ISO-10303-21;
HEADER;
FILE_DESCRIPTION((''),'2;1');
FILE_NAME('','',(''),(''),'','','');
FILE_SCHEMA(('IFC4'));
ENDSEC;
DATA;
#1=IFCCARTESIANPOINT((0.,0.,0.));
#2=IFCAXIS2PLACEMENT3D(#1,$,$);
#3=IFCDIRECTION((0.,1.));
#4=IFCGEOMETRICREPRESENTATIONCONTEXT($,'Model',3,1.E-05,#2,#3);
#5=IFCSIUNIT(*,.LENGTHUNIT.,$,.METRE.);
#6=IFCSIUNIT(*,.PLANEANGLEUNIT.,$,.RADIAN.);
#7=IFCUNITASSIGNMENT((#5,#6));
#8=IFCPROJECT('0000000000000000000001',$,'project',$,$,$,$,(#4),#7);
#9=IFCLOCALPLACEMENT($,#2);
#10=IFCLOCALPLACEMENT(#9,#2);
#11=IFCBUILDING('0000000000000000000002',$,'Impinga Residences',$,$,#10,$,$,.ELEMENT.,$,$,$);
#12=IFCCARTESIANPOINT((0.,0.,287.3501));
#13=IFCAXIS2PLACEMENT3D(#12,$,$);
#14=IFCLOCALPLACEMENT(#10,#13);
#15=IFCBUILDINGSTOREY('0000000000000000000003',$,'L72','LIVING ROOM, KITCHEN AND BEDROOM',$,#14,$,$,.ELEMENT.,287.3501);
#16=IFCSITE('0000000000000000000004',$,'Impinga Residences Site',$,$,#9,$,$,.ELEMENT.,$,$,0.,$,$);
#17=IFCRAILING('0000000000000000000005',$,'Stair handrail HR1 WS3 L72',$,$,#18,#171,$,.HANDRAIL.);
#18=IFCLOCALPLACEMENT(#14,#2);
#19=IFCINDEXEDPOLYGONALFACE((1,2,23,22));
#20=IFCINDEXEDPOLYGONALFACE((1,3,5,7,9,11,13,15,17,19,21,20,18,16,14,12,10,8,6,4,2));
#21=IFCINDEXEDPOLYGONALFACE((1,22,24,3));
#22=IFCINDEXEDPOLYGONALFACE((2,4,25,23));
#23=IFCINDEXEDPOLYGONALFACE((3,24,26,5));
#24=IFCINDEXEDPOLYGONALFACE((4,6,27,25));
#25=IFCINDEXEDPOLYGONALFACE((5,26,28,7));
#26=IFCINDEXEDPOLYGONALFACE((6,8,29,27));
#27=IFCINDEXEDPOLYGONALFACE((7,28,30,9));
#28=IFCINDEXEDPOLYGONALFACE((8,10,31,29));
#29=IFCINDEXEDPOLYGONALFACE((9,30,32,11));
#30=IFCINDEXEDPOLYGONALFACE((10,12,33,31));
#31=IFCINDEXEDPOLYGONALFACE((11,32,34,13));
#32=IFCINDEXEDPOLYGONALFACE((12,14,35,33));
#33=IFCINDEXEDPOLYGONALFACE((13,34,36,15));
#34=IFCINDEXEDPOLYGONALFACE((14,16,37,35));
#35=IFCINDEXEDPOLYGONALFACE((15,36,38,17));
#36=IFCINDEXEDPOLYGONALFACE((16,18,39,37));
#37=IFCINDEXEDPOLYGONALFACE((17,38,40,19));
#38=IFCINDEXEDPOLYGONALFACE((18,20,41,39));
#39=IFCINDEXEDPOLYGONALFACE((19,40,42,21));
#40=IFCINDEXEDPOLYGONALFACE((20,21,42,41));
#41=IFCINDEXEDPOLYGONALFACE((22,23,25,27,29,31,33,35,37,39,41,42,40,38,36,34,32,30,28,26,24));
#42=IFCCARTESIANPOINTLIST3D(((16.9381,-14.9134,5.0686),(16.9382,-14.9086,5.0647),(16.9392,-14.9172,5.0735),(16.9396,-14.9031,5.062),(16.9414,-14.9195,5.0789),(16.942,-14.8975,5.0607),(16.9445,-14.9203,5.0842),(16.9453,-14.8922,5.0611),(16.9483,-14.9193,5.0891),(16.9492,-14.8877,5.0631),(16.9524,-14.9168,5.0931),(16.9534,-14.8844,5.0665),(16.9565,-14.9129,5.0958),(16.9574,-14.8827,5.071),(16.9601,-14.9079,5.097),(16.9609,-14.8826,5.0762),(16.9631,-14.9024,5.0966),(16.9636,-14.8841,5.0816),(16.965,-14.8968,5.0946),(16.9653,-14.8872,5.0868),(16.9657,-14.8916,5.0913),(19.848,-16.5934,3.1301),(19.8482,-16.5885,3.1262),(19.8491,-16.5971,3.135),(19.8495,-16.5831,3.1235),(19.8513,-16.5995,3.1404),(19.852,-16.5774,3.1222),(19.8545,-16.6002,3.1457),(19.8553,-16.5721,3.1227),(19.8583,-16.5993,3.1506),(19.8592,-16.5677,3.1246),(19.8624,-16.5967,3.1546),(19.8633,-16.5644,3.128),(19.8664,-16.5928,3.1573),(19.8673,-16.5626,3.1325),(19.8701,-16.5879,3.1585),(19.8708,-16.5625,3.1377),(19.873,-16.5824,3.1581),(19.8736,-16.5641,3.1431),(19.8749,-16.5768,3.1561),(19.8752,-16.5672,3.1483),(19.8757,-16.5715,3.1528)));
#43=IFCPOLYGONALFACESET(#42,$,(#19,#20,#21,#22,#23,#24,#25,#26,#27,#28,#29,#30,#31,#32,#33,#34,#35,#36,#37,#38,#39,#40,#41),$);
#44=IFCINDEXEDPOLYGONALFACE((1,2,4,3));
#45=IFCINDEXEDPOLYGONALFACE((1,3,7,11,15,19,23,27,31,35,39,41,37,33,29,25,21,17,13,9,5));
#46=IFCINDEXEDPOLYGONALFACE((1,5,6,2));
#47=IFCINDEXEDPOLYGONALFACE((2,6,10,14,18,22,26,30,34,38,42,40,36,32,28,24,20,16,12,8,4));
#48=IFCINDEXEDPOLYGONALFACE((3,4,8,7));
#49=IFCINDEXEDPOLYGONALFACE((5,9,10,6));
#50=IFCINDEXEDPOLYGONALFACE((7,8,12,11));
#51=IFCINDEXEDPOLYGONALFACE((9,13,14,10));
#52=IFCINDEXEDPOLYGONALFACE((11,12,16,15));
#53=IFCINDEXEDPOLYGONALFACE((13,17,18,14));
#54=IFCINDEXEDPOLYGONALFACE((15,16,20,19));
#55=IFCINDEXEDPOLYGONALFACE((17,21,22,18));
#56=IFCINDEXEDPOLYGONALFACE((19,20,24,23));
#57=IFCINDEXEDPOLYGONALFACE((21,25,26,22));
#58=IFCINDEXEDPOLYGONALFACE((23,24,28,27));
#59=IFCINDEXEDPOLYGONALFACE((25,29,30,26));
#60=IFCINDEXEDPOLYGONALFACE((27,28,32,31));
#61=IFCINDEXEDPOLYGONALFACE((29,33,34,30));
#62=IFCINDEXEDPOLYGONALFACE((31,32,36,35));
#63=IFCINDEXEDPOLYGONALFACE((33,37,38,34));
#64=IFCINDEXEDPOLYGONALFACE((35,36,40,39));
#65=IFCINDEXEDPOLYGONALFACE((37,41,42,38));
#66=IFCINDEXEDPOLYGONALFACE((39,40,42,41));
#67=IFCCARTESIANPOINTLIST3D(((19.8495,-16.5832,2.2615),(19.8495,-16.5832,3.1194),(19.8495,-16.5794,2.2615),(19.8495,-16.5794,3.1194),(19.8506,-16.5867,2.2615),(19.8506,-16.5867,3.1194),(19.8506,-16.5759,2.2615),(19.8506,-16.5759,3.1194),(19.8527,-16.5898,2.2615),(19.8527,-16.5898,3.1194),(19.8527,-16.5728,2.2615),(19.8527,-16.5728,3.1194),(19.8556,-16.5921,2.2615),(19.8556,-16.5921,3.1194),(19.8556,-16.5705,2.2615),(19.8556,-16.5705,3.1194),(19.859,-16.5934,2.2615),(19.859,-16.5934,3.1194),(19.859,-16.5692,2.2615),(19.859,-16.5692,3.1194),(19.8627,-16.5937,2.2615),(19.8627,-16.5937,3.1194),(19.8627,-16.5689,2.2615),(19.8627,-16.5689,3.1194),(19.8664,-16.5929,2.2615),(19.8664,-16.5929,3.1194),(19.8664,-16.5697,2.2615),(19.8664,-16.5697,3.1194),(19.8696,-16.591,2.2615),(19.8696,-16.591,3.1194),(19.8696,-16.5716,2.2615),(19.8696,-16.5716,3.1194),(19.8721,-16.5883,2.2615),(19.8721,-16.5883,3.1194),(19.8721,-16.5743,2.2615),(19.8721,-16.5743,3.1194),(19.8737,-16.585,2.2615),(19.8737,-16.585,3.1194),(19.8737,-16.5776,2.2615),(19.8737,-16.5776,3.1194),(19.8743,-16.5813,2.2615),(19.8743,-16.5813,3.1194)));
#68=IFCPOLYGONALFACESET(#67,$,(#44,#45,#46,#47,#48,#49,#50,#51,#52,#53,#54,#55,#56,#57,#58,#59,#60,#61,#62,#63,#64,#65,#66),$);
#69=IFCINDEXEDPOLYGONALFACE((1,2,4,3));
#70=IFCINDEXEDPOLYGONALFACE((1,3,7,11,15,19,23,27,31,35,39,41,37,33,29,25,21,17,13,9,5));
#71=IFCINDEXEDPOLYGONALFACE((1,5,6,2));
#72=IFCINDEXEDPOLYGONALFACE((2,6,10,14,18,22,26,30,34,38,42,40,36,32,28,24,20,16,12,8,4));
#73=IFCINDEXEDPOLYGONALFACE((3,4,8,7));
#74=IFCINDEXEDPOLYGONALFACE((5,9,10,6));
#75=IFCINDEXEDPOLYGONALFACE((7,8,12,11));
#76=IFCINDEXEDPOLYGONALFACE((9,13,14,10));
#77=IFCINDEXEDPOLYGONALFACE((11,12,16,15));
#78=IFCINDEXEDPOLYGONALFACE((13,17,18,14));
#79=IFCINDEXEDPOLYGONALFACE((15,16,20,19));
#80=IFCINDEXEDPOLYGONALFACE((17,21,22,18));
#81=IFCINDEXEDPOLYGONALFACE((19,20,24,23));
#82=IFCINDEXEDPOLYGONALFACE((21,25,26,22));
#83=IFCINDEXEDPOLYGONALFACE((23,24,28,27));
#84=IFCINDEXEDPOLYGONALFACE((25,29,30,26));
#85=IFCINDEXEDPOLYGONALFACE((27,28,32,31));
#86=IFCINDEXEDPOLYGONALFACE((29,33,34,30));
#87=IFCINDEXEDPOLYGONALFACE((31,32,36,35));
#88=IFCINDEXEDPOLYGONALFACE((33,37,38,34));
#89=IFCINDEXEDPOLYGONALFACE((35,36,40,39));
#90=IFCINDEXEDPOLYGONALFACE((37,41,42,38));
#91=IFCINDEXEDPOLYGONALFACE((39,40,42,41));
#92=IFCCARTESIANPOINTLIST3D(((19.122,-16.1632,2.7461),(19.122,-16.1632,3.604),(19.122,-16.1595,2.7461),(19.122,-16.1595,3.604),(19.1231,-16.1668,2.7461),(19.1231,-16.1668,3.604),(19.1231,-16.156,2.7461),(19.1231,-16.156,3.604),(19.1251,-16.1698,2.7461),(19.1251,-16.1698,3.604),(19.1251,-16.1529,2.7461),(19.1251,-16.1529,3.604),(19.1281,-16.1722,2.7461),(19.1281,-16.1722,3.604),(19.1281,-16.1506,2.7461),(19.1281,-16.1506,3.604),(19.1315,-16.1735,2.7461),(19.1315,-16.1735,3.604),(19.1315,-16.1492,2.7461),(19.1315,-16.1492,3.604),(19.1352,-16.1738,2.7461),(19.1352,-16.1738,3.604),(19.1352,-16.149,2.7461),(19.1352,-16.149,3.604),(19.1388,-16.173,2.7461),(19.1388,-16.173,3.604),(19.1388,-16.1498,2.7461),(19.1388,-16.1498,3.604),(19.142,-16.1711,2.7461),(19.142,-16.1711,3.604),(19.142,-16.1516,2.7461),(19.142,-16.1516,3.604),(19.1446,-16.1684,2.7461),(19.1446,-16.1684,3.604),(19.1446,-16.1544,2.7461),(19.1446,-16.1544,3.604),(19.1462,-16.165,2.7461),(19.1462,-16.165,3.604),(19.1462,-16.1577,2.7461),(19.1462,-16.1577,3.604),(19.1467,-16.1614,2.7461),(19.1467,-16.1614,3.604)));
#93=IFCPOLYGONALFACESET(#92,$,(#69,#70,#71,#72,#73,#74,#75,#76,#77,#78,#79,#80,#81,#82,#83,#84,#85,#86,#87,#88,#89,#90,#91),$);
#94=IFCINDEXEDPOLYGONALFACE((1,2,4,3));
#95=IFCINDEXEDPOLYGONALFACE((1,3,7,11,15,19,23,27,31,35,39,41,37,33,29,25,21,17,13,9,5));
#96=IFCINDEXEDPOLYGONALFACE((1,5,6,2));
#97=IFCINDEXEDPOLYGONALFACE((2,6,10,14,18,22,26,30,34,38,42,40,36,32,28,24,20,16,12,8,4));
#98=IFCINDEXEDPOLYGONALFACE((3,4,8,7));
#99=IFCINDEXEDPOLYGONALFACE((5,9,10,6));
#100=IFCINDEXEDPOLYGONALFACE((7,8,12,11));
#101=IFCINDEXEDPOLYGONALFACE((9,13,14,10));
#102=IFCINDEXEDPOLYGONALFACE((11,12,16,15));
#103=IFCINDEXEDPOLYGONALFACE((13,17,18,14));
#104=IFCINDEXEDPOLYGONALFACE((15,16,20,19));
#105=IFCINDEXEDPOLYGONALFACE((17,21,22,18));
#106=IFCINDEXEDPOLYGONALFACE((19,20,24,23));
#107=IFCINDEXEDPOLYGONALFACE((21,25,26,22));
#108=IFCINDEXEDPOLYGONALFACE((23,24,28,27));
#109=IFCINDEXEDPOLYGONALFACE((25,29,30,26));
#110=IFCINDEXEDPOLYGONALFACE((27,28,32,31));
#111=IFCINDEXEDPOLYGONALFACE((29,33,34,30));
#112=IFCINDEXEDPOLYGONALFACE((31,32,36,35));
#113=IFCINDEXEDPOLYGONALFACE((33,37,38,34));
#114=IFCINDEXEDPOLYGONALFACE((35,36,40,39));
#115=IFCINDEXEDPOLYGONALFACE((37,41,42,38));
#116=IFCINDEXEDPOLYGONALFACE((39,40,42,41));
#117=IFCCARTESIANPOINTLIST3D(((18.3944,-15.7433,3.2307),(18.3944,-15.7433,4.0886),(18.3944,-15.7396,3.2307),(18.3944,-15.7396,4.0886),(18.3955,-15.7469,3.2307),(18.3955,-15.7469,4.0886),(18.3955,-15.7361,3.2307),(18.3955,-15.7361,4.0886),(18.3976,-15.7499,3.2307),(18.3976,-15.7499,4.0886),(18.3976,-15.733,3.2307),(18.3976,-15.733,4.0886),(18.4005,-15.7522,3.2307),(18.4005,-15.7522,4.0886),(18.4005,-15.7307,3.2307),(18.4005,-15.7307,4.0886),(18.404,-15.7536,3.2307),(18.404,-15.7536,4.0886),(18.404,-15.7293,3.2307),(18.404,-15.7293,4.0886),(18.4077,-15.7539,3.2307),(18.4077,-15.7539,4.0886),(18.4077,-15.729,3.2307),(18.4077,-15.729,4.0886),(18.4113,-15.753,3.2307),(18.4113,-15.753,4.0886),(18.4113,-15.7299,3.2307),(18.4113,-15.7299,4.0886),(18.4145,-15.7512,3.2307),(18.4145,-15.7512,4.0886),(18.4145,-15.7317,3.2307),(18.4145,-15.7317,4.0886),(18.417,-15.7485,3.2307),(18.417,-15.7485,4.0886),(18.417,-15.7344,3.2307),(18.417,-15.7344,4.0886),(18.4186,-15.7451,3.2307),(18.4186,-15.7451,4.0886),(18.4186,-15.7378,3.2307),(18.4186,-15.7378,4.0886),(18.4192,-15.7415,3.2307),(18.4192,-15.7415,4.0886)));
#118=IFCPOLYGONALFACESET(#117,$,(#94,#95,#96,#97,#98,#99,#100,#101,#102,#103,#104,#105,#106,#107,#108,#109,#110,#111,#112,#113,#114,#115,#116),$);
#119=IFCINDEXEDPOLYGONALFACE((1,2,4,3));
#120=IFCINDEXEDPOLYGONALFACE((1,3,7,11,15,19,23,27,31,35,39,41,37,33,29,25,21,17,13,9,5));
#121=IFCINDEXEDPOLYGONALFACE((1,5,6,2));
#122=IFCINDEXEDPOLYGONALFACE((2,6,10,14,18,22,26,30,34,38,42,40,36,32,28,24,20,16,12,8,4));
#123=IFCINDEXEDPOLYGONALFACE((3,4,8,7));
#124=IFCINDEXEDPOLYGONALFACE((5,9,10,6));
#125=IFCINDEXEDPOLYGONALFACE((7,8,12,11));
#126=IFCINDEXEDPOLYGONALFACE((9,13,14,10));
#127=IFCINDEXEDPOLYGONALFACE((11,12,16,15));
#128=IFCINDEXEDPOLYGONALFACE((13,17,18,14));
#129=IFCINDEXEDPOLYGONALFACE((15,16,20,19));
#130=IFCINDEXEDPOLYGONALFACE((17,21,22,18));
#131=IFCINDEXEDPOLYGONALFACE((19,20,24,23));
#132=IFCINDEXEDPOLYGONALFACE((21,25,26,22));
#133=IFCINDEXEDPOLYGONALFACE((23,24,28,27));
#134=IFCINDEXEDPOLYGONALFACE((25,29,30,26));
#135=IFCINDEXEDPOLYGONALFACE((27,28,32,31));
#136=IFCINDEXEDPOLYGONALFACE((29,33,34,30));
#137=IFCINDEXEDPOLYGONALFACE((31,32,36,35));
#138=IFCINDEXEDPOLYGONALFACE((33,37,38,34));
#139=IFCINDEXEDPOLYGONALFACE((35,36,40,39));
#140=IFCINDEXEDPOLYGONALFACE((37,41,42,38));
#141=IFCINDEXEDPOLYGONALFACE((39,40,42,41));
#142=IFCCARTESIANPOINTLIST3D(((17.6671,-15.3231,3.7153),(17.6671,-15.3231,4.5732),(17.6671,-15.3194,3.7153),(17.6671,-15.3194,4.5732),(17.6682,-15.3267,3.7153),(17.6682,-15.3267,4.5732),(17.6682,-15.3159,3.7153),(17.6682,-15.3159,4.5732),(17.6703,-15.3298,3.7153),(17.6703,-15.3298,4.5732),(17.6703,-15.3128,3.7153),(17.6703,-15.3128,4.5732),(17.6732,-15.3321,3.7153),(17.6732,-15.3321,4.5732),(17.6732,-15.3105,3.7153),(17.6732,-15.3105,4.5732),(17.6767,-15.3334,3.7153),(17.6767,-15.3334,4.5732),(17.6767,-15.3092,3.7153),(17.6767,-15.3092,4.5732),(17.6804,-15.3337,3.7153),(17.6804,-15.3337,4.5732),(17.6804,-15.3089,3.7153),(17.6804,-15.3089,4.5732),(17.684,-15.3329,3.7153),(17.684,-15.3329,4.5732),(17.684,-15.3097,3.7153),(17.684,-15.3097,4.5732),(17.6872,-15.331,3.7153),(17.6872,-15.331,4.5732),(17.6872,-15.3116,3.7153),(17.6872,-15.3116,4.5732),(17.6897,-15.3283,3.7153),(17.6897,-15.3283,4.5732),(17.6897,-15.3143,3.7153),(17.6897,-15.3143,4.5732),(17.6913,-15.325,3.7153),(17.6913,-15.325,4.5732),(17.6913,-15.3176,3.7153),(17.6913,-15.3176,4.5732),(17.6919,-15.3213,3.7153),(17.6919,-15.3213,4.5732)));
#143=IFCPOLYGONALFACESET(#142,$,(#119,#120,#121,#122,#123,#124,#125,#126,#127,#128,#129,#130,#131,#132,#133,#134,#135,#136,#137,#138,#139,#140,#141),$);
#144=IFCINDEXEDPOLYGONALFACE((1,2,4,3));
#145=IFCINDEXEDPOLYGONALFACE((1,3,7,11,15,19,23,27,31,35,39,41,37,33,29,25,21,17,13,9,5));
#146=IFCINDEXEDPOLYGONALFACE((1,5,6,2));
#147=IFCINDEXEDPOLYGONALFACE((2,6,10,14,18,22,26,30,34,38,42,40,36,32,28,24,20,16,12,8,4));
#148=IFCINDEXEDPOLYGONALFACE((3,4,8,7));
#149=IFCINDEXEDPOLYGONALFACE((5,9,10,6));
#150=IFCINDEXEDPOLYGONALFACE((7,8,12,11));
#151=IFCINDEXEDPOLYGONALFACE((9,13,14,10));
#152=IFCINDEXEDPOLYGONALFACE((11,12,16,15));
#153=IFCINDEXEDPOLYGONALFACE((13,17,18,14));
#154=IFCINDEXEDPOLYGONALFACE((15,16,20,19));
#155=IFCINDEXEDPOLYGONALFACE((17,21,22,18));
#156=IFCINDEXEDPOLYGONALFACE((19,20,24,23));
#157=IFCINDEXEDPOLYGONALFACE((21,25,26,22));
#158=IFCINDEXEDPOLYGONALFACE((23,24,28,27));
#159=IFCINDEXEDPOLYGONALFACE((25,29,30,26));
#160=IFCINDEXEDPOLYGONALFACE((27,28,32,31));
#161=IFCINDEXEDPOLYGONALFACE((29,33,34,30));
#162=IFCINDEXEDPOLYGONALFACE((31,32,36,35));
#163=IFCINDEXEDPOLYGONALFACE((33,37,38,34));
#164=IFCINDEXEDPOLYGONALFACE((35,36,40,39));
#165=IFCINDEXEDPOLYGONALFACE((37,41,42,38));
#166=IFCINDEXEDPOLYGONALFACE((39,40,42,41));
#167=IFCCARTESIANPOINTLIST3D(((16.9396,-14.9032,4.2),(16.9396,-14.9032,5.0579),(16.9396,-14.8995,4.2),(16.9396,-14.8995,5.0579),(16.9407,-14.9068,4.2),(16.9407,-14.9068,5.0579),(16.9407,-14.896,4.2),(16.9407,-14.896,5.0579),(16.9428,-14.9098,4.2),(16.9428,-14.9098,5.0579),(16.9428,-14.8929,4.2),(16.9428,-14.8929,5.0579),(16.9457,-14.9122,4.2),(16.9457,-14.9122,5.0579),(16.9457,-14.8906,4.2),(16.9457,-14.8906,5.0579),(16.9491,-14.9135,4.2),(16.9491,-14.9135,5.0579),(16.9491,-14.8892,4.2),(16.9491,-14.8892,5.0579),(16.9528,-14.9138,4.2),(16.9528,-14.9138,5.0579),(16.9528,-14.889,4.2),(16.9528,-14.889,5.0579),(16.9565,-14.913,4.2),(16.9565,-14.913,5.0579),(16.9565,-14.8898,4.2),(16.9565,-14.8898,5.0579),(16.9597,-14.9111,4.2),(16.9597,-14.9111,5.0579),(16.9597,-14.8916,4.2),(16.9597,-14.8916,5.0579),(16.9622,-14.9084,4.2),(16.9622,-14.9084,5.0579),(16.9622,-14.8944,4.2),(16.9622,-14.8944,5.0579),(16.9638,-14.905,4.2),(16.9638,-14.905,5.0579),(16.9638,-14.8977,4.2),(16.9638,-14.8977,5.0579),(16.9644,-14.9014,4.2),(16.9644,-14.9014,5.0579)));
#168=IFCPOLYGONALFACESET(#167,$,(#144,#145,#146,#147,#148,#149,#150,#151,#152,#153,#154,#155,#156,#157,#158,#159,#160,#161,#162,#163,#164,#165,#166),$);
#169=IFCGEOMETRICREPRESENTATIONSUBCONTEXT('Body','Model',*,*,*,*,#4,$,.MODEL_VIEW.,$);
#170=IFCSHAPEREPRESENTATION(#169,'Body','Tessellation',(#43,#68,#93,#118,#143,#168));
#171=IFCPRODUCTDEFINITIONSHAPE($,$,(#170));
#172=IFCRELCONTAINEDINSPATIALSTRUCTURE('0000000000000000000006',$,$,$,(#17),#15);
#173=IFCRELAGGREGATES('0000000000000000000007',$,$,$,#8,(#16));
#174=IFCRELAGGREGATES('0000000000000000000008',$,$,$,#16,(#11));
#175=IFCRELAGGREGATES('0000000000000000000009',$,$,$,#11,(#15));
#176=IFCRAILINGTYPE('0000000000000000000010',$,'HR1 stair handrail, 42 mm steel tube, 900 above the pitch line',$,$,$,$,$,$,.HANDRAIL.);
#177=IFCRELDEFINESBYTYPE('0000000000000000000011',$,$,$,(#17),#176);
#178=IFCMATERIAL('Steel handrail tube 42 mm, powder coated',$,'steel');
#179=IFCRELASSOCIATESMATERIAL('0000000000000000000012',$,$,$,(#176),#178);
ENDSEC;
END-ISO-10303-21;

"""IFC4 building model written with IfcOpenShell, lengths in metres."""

from ifc_helpers import new_model, si_unit, direction, frame, origin, origin_2d, place, context, subcontext, project, spatial, circle, extrude, material, type_object, element, save


model = new_model("IFC4")

# Units and contexts
model_context = context("Model", 3, precision=1e-05, world=origin(), true_north=direction((0.0, 1.0)))
body_context = subcontext(model_context, "Body", "Model", "MODEL_VIEW")
ifc_project = project(units=[si_unit("LENGTHUNIT", "METRE"), si_unit("PLANEANGLEUNIT", "RADIAN")], contexts=[model_context])

# Site, building, storey
site_placement = place(None, origin())
site = spatial("IfcSite", under=ifc_project, at=site_placement, Name="Impinga Residences Site", CompositionType="ELEMENT", RefElevation=0.0)
building_placement = place(site_placement, origin())
building = spatial("IfcBuilding", under=site, at=building_placement, Name="Impinga Residences", CompositionType="ELEMENT")
storey_placement = place(building_placement, frame((0.0, 0.0, 287.3501)))
storey = spatial("IfcBuildingStorey", under=building, at=storey_placement, Name="L72", Description="LIVING ROOM, KITCHEN AND BEDROOM", CompositionType="ELEMENT", Elevation=287.3501)

# Railing
ifc_material_1 = material(Name="Steel handrail tube 42 mm, powder coated", Category="steel")
railing_type_1 = type_object("IfcRailingType", Name="HR1 stair handrail, 42 mm steel tube, 900 above the pitch line", PredefinedType="HANDRAIL", material=ifc_material_1)
railing_1_placement = place(storey_placement, frame((19.8618, -16.5813, 2.2615)))
element("IfcRailing", 1, at=railing_1_placement, inside=storey, type_object=railing_type_1, Name="Stair handrail HR1 WS3 L72", PredefinedType="HANDRAIL", context=body_context, shape_type="SweptSolid", body=[
    extrude(circle(Radius=0.021, at=origin_2d()), frame((0.0, 0.0, 0.8789), z_axis=(-0.750151, 0.433072, 0.499723), x_axis=(-0.499976, -0.866039, 0.0)), (0.0, 0.0, 1.0), 3.8792),
    extrude(circle(Radius=0.0125, at=origin_2d()), origin(), (0.0, 0.0, 1.0), 0.8579),
    extrude(circle(Radius=0.0125, at=origin_2d()), frame((-0.7275, 0.4199, 0.4846)), (0.0, 0.0, 1.0), 0.8579),
    extrude(circle(Radius=0.0125, at=origin_2d()), frame((-1.4551, 0.8398, 0.9692)), (0.0, 0.0, 1.0), 0.8579),
    extrude(circle(Radius=0.0125, at=origin_2d()), frame((-2.1824, 1.26, 1.4539)), (0.0, 0.0, 1.0), 0.8579),
    extrude(circle(Radius=0.0125, at=origin_2d()), frame((-2.9099, 1.6799, 1.9385)), (0.0, 0.0, 1.0), 0.8579),
])

save(model, "model.ifc")
